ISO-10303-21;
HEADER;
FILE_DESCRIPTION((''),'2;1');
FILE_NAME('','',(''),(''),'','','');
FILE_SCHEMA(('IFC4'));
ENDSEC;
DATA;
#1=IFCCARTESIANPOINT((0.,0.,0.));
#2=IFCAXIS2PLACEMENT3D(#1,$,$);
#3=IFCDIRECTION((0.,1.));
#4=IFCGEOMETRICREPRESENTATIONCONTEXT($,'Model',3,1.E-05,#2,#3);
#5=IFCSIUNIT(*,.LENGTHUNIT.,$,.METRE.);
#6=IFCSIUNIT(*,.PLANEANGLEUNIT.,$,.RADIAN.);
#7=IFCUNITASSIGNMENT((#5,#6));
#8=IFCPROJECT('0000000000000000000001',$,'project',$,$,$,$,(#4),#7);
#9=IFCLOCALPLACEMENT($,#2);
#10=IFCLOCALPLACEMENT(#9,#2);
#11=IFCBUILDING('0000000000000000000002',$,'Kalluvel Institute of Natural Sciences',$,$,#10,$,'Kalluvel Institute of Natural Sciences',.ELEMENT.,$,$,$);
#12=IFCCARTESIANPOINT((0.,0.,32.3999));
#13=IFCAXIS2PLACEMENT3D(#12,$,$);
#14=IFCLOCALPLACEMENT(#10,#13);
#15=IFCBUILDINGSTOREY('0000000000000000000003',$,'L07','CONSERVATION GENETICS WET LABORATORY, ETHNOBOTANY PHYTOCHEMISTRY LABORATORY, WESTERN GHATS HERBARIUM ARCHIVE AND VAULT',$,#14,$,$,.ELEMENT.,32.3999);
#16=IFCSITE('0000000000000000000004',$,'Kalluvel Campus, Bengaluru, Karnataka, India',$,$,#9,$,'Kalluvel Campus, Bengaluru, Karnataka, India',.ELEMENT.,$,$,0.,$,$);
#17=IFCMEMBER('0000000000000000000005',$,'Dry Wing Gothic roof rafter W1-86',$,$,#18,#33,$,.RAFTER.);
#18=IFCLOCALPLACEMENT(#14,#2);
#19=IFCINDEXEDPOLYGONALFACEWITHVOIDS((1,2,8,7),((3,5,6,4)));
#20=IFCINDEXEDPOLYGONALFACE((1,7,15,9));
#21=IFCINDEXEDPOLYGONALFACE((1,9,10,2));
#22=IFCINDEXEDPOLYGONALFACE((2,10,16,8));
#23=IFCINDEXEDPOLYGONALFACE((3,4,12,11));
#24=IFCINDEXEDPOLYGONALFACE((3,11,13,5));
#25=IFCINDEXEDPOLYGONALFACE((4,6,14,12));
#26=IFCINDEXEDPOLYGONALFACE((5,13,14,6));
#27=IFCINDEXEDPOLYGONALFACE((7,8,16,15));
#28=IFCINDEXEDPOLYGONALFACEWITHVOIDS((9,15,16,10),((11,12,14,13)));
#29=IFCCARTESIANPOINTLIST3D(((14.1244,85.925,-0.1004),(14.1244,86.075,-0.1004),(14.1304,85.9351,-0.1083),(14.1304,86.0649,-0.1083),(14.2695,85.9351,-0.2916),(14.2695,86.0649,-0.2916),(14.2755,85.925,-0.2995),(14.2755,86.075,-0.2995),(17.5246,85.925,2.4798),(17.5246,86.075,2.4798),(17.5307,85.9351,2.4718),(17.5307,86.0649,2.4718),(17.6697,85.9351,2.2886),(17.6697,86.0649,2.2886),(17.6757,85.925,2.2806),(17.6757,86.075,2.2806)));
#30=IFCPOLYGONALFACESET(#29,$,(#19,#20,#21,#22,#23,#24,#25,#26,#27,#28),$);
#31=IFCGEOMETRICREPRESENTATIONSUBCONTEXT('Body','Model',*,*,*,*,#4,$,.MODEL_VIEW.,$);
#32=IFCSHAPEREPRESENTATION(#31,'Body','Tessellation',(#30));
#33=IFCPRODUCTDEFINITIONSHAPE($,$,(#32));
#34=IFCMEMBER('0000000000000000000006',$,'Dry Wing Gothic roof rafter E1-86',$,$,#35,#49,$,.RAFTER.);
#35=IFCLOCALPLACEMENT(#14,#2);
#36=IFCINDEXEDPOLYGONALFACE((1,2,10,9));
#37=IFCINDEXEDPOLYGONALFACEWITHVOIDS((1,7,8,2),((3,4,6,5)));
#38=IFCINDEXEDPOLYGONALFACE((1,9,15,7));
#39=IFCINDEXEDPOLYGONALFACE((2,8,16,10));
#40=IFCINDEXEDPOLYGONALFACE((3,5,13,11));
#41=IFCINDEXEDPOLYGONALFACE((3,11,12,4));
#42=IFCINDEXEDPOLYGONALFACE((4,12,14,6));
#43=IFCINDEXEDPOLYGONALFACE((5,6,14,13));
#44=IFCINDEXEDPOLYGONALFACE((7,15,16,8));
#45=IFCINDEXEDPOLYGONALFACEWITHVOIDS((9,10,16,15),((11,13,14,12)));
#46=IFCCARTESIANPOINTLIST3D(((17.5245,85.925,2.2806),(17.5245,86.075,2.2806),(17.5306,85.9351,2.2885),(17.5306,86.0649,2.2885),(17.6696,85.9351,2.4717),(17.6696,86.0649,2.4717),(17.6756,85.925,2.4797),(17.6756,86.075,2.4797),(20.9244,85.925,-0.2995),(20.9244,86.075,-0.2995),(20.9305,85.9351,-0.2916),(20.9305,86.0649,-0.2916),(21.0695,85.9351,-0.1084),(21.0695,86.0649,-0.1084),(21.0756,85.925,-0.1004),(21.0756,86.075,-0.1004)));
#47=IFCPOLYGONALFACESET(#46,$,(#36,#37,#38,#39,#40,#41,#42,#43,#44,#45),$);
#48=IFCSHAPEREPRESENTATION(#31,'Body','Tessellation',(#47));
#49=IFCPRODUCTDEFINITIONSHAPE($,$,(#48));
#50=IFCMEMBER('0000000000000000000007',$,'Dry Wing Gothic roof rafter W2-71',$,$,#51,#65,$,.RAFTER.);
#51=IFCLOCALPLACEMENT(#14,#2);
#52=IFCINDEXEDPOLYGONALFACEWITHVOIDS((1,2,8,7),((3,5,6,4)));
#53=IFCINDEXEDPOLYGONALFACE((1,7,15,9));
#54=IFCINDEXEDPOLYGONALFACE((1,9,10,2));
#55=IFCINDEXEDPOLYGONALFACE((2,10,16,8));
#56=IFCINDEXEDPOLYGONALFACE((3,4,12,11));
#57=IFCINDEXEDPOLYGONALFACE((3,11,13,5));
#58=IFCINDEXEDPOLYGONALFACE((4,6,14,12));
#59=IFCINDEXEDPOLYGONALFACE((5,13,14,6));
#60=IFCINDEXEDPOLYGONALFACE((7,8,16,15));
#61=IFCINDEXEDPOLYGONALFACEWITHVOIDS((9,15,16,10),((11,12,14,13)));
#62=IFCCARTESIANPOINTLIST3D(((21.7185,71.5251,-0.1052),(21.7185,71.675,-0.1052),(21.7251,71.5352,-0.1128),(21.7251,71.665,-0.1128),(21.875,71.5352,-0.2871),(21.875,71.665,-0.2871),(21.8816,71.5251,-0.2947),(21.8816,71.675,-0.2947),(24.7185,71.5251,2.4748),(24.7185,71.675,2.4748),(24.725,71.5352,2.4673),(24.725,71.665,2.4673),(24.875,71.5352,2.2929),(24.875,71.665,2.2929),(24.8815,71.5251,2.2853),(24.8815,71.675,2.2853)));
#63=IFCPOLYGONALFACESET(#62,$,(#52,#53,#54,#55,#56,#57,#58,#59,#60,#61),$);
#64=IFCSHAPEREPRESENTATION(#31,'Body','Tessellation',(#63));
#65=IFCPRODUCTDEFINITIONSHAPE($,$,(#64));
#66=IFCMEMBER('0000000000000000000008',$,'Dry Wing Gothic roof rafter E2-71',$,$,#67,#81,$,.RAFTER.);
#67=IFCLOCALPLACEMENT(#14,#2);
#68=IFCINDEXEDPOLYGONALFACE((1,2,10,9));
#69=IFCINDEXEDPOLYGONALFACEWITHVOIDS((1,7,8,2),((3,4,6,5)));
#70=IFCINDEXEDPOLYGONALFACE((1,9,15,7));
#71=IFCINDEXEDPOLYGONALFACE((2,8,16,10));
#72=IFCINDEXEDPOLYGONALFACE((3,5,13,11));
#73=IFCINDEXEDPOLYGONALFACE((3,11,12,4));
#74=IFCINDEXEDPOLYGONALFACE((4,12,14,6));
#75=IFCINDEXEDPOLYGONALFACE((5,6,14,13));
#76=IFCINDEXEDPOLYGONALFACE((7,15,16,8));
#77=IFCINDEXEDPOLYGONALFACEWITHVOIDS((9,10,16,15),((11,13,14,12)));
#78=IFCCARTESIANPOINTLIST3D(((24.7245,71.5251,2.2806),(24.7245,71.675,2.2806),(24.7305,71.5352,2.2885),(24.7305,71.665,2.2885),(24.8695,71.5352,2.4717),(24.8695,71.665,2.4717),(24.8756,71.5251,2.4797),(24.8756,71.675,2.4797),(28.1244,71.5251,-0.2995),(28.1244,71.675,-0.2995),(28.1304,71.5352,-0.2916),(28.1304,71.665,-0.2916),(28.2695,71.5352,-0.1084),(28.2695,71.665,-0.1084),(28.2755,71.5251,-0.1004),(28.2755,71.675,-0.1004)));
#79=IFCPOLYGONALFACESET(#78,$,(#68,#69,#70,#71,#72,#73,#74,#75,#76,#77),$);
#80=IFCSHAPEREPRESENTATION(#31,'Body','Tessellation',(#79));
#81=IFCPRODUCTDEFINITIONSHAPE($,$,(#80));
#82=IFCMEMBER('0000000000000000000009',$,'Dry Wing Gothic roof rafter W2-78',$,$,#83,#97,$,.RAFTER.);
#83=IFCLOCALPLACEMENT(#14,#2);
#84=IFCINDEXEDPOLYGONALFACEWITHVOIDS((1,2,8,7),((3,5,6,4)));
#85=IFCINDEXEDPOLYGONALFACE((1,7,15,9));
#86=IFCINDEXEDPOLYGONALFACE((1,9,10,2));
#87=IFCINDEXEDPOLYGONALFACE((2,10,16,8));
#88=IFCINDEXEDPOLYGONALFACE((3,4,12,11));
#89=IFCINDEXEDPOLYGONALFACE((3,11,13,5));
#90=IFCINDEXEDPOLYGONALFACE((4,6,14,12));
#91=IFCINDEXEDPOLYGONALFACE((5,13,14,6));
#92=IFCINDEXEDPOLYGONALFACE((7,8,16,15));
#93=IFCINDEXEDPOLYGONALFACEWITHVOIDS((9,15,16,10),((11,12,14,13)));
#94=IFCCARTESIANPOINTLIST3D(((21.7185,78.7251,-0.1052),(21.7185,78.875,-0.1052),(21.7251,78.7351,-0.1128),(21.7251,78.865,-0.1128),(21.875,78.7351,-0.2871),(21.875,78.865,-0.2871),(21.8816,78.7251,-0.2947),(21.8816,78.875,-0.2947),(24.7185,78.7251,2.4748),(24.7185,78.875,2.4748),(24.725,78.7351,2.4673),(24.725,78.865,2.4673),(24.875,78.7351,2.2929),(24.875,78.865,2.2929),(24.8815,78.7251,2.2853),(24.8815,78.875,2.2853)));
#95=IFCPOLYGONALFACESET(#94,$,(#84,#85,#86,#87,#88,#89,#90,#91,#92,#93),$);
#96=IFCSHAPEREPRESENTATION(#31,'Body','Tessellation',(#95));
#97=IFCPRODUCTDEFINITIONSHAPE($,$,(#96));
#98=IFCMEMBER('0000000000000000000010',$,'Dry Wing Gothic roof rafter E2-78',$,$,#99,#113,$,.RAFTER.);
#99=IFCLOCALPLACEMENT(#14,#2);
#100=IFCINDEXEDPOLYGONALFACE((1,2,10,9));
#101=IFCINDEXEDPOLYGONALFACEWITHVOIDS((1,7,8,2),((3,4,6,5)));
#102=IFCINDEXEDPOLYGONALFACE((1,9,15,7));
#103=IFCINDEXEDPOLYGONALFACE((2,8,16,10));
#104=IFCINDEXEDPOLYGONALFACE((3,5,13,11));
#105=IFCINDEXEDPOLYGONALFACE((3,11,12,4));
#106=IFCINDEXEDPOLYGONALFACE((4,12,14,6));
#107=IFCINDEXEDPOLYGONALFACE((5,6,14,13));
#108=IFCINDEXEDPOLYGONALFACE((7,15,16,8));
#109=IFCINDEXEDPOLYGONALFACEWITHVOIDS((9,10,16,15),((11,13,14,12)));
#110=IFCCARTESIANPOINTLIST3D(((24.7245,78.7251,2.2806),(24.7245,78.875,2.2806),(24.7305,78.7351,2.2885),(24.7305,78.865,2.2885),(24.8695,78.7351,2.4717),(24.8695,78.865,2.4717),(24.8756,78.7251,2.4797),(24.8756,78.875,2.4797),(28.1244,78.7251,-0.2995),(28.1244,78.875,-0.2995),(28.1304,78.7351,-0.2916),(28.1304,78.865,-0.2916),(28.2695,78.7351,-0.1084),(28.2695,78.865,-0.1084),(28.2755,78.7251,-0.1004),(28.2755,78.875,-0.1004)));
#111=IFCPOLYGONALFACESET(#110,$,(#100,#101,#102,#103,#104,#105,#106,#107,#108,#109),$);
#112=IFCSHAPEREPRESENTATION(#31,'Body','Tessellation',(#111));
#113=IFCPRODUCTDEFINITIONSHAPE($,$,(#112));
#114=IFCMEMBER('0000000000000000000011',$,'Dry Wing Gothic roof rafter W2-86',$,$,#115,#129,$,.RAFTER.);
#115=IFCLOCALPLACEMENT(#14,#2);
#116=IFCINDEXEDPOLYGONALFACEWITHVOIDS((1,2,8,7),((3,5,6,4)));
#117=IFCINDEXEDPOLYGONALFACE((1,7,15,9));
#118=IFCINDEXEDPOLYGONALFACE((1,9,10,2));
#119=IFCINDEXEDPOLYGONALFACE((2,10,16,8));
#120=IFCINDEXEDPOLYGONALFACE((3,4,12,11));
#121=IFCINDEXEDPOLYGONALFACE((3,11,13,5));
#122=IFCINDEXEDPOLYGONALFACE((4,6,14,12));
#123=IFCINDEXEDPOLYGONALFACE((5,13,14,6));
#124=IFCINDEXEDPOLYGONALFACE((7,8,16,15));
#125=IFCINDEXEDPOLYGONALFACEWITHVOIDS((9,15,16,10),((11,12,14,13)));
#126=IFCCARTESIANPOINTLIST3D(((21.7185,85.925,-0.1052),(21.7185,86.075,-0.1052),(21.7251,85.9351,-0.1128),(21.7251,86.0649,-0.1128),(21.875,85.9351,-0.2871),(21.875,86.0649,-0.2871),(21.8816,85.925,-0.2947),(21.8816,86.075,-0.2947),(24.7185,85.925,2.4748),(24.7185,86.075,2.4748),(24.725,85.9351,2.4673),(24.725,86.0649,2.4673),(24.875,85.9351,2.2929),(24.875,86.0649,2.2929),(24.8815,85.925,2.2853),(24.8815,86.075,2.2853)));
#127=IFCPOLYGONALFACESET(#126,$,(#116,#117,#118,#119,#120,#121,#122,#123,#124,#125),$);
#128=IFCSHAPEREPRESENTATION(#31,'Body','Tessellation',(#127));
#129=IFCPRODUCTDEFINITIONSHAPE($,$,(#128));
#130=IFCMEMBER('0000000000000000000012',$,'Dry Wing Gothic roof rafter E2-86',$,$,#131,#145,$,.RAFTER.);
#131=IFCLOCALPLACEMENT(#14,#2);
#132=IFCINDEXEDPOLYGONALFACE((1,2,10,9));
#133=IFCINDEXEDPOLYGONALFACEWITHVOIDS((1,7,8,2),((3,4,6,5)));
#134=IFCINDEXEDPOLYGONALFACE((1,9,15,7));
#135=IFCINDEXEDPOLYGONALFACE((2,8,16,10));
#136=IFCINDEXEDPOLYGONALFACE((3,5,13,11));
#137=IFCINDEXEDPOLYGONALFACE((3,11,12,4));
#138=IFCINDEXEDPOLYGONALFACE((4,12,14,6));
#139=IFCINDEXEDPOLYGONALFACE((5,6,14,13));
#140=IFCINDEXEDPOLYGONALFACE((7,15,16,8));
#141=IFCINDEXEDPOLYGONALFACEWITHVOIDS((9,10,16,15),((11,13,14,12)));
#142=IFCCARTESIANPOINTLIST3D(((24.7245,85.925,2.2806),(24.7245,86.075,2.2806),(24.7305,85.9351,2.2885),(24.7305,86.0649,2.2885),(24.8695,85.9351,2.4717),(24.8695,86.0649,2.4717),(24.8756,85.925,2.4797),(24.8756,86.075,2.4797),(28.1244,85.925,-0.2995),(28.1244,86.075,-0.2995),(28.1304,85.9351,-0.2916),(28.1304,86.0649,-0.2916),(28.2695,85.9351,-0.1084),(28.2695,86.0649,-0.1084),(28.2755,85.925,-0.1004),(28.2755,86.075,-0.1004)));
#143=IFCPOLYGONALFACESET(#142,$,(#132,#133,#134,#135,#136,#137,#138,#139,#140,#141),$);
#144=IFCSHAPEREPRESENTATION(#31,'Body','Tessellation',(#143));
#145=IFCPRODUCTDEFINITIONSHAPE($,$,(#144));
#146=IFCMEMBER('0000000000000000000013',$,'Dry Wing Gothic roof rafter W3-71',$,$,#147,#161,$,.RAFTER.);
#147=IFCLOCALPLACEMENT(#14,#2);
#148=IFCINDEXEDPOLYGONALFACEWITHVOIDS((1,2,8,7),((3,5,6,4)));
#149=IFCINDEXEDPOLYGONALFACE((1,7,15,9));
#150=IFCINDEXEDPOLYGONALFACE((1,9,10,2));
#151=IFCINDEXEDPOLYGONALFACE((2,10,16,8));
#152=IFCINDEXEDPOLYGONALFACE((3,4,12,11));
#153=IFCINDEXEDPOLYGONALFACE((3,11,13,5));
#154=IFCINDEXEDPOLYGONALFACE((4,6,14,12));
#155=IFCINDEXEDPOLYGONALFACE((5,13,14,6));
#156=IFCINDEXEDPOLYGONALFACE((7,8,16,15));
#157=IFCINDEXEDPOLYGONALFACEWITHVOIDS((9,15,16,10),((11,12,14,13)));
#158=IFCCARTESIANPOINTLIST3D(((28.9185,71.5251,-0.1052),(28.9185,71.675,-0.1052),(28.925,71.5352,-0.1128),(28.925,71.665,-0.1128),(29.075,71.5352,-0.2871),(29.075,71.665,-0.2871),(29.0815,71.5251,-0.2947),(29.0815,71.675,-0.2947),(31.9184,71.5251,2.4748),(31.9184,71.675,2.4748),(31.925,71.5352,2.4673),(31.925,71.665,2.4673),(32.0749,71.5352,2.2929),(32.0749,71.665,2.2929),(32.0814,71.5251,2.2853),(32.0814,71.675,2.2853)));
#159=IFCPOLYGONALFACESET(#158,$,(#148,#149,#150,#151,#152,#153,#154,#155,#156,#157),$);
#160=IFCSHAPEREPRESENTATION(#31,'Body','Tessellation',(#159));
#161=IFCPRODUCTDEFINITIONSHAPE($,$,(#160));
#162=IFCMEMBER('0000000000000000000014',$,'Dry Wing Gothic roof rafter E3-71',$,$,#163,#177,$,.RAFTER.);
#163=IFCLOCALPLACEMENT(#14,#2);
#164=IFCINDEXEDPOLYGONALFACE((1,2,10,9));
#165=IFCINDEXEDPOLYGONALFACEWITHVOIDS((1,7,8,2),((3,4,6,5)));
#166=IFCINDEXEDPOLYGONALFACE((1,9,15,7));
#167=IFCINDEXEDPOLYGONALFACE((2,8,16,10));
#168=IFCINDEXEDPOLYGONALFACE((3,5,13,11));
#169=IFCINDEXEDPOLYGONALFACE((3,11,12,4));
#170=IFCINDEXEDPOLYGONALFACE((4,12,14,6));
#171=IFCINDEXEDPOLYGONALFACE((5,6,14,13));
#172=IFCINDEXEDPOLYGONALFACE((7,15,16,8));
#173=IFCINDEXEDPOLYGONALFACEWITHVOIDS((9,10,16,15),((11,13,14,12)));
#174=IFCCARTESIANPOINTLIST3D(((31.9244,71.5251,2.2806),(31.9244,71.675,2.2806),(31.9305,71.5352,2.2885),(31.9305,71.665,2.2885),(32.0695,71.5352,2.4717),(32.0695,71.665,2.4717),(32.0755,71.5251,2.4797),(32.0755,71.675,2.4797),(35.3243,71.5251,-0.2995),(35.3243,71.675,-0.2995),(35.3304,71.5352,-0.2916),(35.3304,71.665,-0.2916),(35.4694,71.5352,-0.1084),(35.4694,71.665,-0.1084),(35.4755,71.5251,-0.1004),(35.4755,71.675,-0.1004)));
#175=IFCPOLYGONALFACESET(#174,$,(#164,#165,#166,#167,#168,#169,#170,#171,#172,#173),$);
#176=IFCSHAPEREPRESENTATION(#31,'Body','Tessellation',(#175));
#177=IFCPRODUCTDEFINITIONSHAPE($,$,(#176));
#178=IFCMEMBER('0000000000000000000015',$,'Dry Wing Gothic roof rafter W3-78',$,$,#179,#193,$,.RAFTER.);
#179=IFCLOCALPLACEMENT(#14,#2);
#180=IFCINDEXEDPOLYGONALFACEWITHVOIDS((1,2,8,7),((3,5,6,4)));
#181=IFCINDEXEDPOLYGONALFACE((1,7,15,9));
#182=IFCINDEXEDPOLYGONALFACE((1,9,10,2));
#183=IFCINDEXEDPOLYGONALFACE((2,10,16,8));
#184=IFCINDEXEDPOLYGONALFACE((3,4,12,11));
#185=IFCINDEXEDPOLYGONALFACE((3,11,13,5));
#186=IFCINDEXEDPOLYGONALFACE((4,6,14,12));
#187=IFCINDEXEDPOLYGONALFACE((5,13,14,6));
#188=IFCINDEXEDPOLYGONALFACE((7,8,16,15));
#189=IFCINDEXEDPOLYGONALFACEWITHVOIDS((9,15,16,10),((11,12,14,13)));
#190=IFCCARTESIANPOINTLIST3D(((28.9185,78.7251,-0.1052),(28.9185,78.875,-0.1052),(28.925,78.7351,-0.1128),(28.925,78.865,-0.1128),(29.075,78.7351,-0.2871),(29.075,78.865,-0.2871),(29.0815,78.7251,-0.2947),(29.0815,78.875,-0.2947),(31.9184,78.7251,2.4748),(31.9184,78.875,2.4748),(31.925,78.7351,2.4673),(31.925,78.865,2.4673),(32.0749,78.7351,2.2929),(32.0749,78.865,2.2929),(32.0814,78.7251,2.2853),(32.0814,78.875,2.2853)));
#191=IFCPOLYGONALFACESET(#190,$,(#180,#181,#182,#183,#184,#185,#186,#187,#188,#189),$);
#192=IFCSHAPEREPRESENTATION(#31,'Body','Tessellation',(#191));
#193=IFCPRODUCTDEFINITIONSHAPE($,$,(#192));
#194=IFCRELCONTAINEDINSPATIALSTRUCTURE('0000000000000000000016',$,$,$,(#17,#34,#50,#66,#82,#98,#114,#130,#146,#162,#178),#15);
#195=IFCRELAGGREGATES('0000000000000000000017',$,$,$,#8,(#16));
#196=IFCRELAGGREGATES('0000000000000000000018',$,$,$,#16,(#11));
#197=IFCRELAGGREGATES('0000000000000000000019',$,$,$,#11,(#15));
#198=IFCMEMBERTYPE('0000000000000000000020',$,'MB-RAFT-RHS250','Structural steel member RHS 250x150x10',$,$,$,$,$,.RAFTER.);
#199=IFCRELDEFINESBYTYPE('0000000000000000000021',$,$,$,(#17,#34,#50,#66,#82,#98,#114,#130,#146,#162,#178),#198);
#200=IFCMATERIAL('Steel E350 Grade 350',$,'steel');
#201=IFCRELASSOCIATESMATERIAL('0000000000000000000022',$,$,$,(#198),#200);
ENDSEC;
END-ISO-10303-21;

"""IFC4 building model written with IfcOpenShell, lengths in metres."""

from ifc_helpers import new_model, si_unit, direction, frame, origin, origin_2d, place, context, subcontext, project, spatial, hollow_rectangle, extrude, material, material_profile, profile_set, type_object, element, save


model = new_model("IFC4")

# Units and contexts
model_context = context("Model", 3, precision=1e-05, world=origin(), true_north=direction((0.0, 1.0)))
body_context = subcontext(model_context, "Body", "Model", "MODEL_VIEW")
ifc_project = project(units=[si_unit("LENGTHUNIT", "METRE"), si_unit("PLANEANGLEUNIT", "RADIAN")], contexts=[model_context])

# Site, building, storey
site_placement = place(None, origin())
site = spatial("IfcSite", under=ifc_project, at=site_placement, Name="Kalluvel Campus, Bengaluru, Karnataka, India", LongName="Kalluvel Campus, Bengaluru, Karnataka, India", CompositionType="ELEMENT", RefElevation=0.0)
building_placement = place(site_placement, origin())
building = spatial("IfcBuilding", under=site, at=building_placement, Name="Kalluvel Institute of Natural Sciences", LongName="Kalluvel Institute of Natural Sciences", CompositionType="ELEMENT")
storey_placement = place(building_placement, frame((0.0, 0.0, 32.3999)))
storey = spatial("IfcBuildingStorey", under=building, at=storey_placement, Name="L07", Description="CONSERVATION GENETICS WET LABORATORY, ETHNOBOTANY PHYTOCHEMISTRY LABORATORY, WESTERN GHATS HERBARIUM ARCHIVE AND VAULT", CompositionType="ELEMENT", Elevation=32.3999)

# Shared definitions
ifc_material_1 = material(Name="Steel E350 Grade 350", Category="steel")

# Members
ifc_material_profile_1 = material_profile(ifc_material_1, hollow_rectangle(XDim=0.1499, YDim=0.25, WallThickness=0.01, at=origin_2d()), Name="RHS 250x150x10")
ifc_profile_set_1 = profile_set([ifc_material_profile_1], Name="Steel E350 Grade 350")
member_type = type_object("IfcMemberType", Name="MB-RAFT-RHS250", Description="Structural steel member RHS 250x150x10", PredefinedType="RAFTER", material=ifc_profile_set_1)
member_1_placement = place(storey_placement, frame((14.2, 86.0, -0.2), z_axis=(0.796617, 0.0, 0.604484), x_axis=(0.0, 1.0, 0.0)))
element("IfcMember", 1, at=member_1_placement, inside=storey, type_object=member_type, Name="Dry Wing Gothic roof rafter W1-86", PredefinedType="RAFTER", context=body_context, shape_type="SweptSolid", body=[
    extrude(hollow_rectangle(XDim=0.1499, YDim=0.25, WallThickness=0.01, at=origin_2d()), origin(), (0.0, 0.0, 1.0), 4.2683),
])
member_2_placement = place(storey_placement, frame((21.0, 86.0, -0.2), z_axis=(-0.796596, 0.0, 0.604512), x_axis=(0.0, -1.0, 0.0)))
element("IfcMember", 2, at=member_2_placement, inside=storey, type_object=member_type, Name="Dry Wing Gothic roof rafter E1-86", PredefinedType="RAFTER", context=body_context, shape_type="SweptSolid", body=[
    extrude(hollow_rectangle(XDim=0.1499, YDim=0.25, WallThickness=0.01, at=origin_2d()), origin(), (0.0, 0.0, 1.0), 4.2681),
])
member_3_placement = place(storey_placement, frame((21.8, 71.6001, -0.2), z_axis=(0.758175, 0.0, 0.652051), x_axis=(0.0, 1.0, 0.0)))
element("IfcMember", 3, at=member_3_placement, inside=storey, type_object=member_type, Name="Dry Wing Gothic roof rafter W2-71", PredefinedType="RAFTER", context=body_context, shape_type="SweptSolid", body=[
    extrude(hollow_rectangle(XDim=0.1499, YDim=0.25, WallThickness=0.01, at=origin_2d()), origin(), (0.0, 0.0, 1.0), 3.9568),
])
member_4_placement = place(storey_placement, frame((28.2, 71.6001, -0.2), z_axis=(-0.796596, 0.0, 0.604512), x_axis=(0.0, -1.0, 0.0)))
element("IfcMember", 4, at=member_4_placement, inside=storey, type_object=member_type, Name="Dry Wing Gothic roof rafter E2-71", PredefinedType="RAFTER", context=body_context, shape_type="SweptSolid", body=[
    extrude(hollow_rectangle(XDim=0.1499, YDim=0.25, WallThickness=0.01, at=origin_2d()), origin(), (0.0, 0.0, 1.0), 4.2681),
])
member_5_placement = place(storey_placement, frame((21.8, 78.8, -0.2), z_axis=(0.758175, 0.0, 0.652051), x_axis=(0.0, 1.0, 0.0)))
element("IfcMember", 5, at=member_5_placement, inside=storey, type_object=member_type, Name="Dry Wing Gothic roof rafter W2-78", PredefinedType="RAFTER", context=body_context, shape_type="SweptSolid", body=[
    extrude(hollow_rectangle(XDim=0.1499, YDim=0.25, WallThickness=0.01, at=origin_2d()), origin(), (0.0, 0.0, 1.0), 3.9568),
])
member_6_placement = place(storey_placement, frame((28.2, 78.8, -0.2), z_axis=(-0.796596, 0.0, 0.604512), x_axis=(0.0, -1.0, 0.0)))
element("IfcMember", 6, at=member_6_placement, inside=storey, type_object=member_type, Name="Dry Wing Gothic roof rafter E2-78", PredefinedType="RAFTER", context=body_context, shape_type="SweptSolid", body=[
    extrude(hollow_rectangle(XDim=0.1499, YDim=0.25, WallThickness=0.01, at=origin_2d()), origin(), (0.0, 0.0, 1.0), 4.2681),
])
member_7_placement = place(storey_placement, frame((21.8, 86.0, -0.2), z_axis=(0.758175, 0.0, 0.652051), x_axis=(0.0, 1.0, 0.0)))
element("IfcMember", 7, at=member_7_placement, inside=storey, type_object=member_type, Name="Dry Wing Gothic roof rafter W2-86", PredefinedType="RAFTER", context=body_context, shape_type="SweptSolid", body=[
    extrude(hollow_rectangle(XDim=0.1499, YDim=0.25, WallThickness=0.01, at=origin_2d()), origin(), (0.0, 0.0, 1.0), 3.9568),
])
member_8_placement = place(storey_placement, frame((28.2, 86.0, -0.2), z_axis=(-0.796596, 0.0, 0.604512), x_axis=(0.0, -1.0, 0.0)))
element("IfcMember", 8, at=member_8_placement, inside=storey, type_object=member_type, Name="Dry Wing Gothic roof rafter E2-86", PredefinedType="RAFTER", context=body_context, shape_type="SweptSolid", body=[
    extrude(hollow_rectangle(XDim=0.1499, YDim=0.25, WallThickness=0.01, at=origin_2d()), origin(), (0.0, 0.0, 1.0), 4.2681),
])
member_9_placement = place(storey_placement, frame((29.0, 71.6001, -0.2), z_axis=(0.758175, 0.0, 0.652051), x_axis=(0.0, 1.0, 0.0)))
element("IfcMember", 9, at=member_9_placement, inside=storey, type_object=member_type, Name="Dry Wing Gothic roof rafter W3-71", PredefinedType="RAFTER", context=body_context, shape_type="SweptSolid", body=[
    extrude(hollow_rectangle(XDim=0.1499, YDim=0.25, WallThickness=0.01, at=origin_2d()), origin(), (0.0, 0.0, 1.0), 3.9568),
])
member_10_placement = place(storey_placement, frame((35.3999, 71.6001, -0.2), z_axis=(-0.796596, 0.0, 0.604512), x_axis=(0.0, -1.0, 0.0)))
element("IfcMember", 10, at=member_10_placement, inside=storey, type_object=member_type, Name="Dry Wing Gothic roof rafter E3-71", PredefinedType="RAFTER", context=body_context, shape_type="SweptSolid", body=[
    extrude(hollow_rectangle(XDim=0.1499, YDim=0.25, WallThickness=0.01, at=origin_2d()), origin(), (0.0, 0.0, 1.0), 4.2681),
])
member_11_placement = place(storey_placement, frame((29.0, 78.8, -0.2), z_axis=(0.758175, 0.0, 0.652051), x_axis=(0.0, 1.0, 0.0)))
element("IfcMember", 11, at=member_11_placement, inside=storey, type_object=member_type, Name="Dry Wing Gothic roof rafter W3-78", PredefinedType="RAFTER", context=body_context, shape_type="SweptSolid", body=[
    extrude(hollow_rectangle(XDim=0.1499, YDim=0.25, WallThickness=0.01, at=origin_2d()), origin(), (0.0, 0.0, 1.0), 3.9568),
])

save(model, "model.ifc")
